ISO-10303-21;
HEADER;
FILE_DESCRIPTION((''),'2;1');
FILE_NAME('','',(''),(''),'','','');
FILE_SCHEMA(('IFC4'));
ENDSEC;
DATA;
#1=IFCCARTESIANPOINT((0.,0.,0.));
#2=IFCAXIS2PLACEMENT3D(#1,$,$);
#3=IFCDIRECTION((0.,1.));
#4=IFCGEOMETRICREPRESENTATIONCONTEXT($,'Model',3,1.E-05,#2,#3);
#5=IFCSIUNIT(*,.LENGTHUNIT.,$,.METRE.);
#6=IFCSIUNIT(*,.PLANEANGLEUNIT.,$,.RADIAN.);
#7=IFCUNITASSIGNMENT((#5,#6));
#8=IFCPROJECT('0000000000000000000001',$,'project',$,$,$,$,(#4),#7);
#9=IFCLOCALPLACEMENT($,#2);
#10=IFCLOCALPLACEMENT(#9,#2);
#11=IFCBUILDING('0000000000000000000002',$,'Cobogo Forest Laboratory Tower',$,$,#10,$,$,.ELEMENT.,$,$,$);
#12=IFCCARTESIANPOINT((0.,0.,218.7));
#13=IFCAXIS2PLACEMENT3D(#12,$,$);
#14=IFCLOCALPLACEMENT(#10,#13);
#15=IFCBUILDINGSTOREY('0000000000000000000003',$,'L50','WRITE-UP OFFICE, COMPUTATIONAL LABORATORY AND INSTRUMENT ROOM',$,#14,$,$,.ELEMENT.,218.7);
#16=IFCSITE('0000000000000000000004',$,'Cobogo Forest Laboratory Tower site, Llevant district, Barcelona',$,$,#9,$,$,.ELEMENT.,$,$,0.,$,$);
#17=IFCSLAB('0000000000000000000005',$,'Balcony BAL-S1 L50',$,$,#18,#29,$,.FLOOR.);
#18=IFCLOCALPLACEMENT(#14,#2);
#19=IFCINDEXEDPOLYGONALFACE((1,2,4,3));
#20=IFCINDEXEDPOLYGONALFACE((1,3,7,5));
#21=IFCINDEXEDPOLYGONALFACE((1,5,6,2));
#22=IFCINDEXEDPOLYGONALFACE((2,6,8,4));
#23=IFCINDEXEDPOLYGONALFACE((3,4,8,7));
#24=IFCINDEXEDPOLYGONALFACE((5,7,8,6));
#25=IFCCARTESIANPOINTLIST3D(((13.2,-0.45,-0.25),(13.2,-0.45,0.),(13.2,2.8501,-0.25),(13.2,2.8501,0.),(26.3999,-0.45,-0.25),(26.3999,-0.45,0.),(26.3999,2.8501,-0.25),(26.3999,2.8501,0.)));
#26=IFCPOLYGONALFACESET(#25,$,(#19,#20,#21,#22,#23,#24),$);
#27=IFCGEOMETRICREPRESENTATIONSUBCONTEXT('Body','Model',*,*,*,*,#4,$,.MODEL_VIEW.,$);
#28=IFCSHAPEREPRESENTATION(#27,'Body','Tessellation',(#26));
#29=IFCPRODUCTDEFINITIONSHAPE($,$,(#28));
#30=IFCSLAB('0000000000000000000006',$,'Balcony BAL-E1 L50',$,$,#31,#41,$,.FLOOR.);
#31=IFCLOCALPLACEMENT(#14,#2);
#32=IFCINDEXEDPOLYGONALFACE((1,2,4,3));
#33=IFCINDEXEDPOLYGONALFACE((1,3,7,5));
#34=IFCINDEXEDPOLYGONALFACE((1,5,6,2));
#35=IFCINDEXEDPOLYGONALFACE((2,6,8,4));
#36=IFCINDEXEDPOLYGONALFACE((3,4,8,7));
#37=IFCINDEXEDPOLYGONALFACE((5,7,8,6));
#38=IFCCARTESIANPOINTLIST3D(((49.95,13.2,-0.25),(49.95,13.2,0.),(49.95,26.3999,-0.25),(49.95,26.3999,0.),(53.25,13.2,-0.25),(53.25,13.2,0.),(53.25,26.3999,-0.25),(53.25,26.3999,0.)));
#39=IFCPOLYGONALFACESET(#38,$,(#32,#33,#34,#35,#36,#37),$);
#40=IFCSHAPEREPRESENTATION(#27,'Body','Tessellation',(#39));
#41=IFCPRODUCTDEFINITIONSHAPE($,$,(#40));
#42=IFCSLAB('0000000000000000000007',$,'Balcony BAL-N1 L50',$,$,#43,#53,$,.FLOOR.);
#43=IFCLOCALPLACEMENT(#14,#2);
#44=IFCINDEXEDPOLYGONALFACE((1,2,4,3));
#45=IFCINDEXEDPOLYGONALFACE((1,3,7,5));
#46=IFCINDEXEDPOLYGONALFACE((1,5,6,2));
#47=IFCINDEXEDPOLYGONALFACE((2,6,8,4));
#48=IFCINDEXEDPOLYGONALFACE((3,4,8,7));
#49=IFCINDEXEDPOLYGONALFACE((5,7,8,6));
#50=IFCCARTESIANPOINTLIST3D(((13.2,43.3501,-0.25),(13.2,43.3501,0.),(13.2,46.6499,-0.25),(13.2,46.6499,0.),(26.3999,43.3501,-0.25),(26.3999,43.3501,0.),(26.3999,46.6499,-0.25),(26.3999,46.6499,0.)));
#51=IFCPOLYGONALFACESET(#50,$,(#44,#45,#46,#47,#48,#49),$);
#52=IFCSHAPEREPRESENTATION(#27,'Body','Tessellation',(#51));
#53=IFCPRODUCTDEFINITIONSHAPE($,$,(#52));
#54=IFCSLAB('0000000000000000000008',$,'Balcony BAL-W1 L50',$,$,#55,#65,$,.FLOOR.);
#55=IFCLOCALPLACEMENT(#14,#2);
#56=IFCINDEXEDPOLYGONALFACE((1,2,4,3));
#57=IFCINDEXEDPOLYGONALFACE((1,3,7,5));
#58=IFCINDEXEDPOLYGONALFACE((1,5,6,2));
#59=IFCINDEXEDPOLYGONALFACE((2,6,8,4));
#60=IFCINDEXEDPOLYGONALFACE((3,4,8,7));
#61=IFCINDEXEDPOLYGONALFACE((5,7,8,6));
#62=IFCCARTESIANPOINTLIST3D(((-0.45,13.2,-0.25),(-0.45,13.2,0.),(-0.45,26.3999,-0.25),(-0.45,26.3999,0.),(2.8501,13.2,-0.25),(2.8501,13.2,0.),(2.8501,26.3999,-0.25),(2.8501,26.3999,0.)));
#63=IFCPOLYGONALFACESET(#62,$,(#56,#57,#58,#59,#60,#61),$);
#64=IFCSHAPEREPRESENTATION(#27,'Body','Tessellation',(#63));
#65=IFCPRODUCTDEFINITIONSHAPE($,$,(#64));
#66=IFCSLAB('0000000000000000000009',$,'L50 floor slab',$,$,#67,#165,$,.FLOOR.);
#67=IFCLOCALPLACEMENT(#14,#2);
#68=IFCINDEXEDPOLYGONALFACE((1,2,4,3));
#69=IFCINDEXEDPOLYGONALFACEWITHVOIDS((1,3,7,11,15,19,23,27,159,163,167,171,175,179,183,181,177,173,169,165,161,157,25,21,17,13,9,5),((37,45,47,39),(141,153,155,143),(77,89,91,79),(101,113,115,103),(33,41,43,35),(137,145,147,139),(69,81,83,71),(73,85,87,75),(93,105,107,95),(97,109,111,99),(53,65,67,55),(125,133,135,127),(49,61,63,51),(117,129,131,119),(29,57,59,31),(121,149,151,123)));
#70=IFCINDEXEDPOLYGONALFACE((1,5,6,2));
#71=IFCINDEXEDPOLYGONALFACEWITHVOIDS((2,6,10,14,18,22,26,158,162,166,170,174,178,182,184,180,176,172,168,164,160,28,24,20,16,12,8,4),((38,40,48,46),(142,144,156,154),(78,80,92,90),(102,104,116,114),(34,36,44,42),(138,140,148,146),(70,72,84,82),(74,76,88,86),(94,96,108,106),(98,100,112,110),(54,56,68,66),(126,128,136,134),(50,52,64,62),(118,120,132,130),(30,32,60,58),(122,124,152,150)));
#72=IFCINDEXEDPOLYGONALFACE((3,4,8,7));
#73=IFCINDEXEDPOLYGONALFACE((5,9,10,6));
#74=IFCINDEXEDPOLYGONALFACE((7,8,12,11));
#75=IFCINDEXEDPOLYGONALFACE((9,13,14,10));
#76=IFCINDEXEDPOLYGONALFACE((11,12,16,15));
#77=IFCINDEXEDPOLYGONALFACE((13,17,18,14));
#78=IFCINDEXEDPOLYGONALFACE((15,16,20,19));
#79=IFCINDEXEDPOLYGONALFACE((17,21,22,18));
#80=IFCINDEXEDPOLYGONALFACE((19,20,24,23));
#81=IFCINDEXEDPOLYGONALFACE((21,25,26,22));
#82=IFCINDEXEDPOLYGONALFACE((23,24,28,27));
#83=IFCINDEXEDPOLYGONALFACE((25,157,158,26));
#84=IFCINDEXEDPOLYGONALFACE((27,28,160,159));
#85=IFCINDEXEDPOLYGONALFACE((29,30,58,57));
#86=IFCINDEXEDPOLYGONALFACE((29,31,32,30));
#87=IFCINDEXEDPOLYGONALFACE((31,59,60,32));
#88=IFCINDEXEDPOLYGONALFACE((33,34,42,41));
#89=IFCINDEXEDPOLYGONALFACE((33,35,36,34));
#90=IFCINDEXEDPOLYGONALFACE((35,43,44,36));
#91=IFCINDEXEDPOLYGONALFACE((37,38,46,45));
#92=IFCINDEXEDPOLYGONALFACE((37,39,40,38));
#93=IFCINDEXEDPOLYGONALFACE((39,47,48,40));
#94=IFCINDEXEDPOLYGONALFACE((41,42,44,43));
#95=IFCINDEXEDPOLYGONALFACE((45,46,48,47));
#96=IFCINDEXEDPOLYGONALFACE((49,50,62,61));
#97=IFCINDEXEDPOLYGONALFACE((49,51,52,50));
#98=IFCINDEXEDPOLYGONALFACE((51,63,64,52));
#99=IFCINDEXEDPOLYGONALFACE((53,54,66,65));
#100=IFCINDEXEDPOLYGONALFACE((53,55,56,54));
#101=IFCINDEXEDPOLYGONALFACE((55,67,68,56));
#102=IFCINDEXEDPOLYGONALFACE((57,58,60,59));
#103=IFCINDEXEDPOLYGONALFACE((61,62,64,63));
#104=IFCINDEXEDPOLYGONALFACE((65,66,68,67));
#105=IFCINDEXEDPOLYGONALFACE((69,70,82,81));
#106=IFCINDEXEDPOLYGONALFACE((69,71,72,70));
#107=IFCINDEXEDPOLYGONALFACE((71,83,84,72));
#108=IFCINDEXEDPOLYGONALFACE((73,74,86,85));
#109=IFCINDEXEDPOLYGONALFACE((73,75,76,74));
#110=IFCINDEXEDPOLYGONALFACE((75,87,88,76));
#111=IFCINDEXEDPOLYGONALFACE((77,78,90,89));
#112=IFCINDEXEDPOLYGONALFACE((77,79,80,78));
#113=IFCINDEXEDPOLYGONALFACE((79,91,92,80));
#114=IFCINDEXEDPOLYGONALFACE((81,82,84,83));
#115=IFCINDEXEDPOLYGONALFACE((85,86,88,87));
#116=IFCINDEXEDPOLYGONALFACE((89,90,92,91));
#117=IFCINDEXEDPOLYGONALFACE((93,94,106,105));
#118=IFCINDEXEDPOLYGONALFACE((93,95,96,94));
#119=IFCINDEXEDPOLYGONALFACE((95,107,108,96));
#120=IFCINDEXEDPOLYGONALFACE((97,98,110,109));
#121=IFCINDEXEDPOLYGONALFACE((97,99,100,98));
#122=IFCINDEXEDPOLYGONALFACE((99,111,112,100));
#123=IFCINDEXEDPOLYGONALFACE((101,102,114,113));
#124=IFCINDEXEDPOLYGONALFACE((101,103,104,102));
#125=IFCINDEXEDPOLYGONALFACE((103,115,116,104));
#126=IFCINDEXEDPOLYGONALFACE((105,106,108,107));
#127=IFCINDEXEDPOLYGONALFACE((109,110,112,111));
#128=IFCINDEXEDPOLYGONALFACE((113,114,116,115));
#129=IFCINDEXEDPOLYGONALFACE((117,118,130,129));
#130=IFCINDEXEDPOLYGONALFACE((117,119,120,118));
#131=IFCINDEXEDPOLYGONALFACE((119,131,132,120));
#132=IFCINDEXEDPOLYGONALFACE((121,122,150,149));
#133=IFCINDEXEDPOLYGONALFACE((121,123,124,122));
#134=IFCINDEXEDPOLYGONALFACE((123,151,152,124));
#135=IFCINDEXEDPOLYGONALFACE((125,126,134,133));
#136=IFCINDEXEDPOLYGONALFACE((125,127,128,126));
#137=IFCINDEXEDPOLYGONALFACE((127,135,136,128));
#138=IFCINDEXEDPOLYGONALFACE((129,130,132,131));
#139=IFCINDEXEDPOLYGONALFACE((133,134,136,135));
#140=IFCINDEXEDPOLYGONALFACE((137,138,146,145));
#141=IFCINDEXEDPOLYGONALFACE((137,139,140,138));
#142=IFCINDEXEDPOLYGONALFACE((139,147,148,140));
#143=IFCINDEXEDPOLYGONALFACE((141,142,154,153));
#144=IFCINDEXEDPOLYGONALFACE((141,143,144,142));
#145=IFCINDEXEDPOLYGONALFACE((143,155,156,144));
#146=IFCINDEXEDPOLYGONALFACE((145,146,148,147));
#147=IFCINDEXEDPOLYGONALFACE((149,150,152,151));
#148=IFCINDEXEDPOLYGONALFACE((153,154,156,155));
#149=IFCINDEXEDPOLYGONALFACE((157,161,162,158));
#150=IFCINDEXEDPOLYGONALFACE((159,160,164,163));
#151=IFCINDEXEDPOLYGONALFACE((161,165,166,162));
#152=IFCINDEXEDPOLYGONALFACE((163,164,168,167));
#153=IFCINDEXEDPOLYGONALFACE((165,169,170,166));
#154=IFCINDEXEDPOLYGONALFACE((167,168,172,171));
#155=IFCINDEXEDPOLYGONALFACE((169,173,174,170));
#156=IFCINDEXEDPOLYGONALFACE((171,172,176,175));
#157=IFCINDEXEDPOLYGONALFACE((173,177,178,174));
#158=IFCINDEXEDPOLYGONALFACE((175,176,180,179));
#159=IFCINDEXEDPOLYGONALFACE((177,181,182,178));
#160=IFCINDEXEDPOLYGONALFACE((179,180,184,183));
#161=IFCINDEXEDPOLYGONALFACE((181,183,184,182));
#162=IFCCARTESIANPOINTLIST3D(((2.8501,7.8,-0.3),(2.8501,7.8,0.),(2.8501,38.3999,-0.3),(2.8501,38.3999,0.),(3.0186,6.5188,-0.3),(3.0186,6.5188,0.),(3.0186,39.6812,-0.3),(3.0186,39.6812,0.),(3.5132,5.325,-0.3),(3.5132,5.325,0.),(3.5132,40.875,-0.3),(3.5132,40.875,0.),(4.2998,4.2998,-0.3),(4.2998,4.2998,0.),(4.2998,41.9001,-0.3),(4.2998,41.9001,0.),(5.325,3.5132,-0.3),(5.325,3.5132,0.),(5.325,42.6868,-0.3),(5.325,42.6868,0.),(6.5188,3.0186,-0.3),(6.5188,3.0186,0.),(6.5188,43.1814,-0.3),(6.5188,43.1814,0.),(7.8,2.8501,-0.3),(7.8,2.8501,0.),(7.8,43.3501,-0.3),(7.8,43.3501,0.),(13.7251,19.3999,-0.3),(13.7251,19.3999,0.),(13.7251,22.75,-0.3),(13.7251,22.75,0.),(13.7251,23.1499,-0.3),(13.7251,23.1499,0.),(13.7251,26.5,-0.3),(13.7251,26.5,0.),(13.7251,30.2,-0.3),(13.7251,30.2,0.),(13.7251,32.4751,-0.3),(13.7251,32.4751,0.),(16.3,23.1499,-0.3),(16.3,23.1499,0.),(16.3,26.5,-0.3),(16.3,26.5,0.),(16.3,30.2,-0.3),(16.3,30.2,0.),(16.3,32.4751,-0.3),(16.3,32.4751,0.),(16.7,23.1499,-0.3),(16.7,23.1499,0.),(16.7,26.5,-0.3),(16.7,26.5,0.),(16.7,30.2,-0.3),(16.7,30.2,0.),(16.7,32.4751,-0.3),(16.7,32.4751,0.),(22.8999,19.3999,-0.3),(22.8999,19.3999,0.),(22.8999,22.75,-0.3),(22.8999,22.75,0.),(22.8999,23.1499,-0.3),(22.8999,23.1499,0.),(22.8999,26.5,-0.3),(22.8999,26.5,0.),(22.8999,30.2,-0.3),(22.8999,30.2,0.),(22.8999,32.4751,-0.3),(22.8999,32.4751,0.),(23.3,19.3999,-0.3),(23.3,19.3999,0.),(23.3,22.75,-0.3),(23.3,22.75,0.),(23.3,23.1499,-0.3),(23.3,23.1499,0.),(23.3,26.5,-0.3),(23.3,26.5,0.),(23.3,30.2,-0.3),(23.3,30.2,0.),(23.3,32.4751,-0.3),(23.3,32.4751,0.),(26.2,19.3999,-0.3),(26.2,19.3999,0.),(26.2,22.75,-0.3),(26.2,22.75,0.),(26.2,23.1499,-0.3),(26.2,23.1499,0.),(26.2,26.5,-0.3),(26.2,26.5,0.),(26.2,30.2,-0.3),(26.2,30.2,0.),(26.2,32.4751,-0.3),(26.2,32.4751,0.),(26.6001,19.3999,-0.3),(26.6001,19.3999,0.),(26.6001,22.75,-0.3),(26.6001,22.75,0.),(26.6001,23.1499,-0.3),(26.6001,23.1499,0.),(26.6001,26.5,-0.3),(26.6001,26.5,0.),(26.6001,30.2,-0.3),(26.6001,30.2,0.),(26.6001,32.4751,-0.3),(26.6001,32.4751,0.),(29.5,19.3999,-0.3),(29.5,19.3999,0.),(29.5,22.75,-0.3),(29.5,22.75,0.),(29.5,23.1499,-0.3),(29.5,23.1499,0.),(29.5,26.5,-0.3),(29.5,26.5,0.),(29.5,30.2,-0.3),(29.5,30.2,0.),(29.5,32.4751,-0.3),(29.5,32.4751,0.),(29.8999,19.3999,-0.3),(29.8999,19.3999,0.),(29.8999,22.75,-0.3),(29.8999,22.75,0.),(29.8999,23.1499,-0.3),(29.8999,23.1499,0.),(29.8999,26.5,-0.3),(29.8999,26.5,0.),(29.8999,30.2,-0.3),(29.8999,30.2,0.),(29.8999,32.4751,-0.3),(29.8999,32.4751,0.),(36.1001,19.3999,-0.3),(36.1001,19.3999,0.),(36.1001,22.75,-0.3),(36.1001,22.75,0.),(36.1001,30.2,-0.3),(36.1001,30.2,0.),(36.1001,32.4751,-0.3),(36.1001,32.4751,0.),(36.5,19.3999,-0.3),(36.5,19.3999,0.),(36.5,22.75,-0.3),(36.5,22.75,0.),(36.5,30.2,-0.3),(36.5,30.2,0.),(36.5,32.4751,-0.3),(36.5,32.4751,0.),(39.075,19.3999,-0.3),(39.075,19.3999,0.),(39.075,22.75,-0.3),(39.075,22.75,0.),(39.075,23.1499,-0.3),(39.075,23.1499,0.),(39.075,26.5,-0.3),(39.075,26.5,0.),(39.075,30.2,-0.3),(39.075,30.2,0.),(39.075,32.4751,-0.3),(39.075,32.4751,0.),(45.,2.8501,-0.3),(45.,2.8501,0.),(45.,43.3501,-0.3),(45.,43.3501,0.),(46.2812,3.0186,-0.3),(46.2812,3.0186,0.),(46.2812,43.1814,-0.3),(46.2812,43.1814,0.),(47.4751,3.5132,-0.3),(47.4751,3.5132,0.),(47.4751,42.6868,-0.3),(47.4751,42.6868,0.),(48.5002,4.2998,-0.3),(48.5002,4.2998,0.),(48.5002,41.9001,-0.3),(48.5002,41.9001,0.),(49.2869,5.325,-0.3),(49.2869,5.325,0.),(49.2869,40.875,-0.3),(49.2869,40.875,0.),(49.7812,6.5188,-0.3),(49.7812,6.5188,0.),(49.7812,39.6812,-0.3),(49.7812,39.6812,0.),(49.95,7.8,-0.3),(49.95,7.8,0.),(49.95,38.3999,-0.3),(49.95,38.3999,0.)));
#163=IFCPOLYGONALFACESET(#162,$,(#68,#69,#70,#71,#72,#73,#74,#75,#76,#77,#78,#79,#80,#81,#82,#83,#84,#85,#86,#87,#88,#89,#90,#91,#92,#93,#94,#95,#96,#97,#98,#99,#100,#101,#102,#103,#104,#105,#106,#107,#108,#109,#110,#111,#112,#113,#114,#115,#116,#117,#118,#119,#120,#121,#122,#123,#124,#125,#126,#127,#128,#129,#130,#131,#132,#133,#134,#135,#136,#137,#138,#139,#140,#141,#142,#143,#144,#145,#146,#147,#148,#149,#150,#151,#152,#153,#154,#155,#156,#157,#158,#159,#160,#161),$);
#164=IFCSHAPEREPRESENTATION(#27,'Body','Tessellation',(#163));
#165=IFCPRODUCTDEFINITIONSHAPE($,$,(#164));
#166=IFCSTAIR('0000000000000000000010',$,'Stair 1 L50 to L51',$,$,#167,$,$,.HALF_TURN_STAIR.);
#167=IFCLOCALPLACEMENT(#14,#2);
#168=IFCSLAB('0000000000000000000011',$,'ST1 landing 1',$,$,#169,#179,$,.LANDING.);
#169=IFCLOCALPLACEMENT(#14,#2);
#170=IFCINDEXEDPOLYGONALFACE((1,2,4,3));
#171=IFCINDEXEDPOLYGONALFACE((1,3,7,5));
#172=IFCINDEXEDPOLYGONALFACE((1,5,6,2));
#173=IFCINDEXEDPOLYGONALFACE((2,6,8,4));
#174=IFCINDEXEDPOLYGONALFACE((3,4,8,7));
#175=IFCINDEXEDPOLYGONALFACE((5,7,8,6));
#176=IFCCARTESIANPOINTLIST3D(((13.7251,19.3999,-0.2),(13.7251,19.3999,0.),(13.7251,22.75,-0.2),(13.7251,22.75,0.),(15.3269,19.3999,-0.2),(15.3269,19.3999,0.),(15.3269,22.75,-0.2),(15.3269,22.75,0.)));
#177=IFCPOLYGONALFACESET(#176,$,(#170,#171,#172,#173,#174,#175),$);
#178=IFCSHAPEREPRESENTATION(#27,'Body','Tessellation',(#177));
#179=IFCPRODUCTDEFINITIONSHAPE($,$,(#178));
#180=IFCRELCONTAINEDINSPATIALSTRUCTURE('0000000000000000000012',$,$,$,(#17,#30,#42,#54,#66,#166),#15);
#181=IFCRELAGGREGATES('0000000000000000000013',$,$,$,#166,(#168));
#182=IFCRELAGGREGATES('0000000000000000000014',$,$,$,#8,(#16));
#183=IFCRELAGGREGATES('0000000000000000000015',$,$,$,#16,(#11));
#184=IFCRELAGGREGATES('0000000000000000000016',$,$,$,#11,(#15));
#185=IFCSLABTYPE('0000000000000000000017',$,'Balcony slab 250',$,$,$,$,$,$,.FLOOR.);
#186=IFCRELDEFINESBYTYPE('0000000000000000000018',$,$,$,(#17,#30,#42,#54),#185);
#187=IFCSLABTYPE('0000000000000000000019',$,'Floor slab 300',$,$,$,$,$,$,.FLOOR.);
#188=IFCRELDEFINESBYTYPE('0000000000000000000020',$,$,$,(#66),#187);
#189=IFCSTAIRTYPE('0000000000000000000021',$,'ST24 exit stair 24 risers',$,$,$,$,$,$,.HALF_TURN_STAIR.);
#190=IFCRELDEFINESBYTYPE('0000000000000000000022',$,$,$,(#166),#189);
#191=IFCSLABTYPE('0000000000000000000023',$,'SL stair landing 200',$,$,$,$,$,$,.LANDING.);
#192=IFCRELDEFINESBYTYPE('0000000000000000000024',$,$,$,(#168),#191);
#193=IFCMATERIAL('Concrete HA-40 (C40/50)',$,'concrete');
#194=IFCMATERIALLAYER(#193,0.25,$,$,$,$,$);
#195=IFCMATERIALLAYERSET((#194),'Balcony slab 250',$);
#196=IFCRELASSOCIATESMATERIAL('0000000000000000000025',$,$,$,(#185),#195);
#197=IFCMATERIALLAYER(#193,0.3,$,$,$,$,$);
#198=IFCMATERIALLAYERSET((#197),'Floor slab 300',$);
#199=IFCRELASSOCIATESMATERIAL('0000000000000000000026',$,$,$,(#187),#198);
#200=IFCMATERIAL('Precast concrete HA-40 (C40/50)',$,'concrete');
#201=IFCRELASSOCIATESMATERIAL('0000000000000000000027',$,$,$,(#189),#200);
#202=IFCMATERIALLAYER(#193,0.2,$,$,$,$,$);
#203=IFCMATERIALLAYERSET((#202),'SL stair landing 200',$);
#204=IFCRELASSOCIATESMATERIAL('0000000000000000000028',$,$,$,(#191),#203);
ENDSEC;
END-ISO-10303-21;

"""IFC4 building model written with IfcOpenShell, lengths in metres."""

from ifc_helpers import new_model, si_unit, direction, frame, origin, place, context, subcontext, project, spatial, polyline, outline, extrude, material, layer, layer_set, type_object, element, aggregate, save


model = new_model("IFC4")

# Units and contexts
model_context = context("Model", 3, precision=1e-05, world=origin(), true_north=direction((0.0, 1.0)))
body_context = subcontext(model_context, "Body", "Model", "MODEL_VIEW")
ifc_project = project(units=[si_unit("LENGTHUNIT", "METRE"), si_unit("PLANEANGLEUNIT", "RADIAN")], contexts=[model_context])

# Site, building, storey
site_placement = place(None, origin())
site = spatial("IfcSite", under=ifc_project, at=site_placement, Name="Cobogo Forest Laboratory Tower site, Llevant district, Barcelona", CompositionType="ELEMENT", RefElevation=0.0)
building_placement = place(site_placement, origin())
building = spatial("IfcBuilding", under=site, at=building_placement, Name="Cobogo Forest Laboratory Tower", CompositionType="ELEMENT")
storey_placement = place(building_placement, frame((0.0, 0.0, 218.7)))
storey = spatial("IfcBuildingStorey", under=building, at=storey_placement, Name="L50", Description="WRITE-UP OFFICE, COMPUTATIONAL LABORATORY AND INSTRUMENT ROOM", CompositionType="ELEMENT", Elevation=218.7)

# Slabs
ifc_material_1 = material(Name="Concrete HA-40 (C40/50)", Category="concrete")
ifc_layer_1 = layer(ifc_material_1, 0.25)
ifc_layer_set_1 = layer_set([ifc_layer_1], Name="Balcony slab 250")
slab_type_1 = type_object("IfcSlabType", Name="Balcony slab 250", PredefinedType="FLOOR", material=ifc_layer_set_1)
slab_1_placement = place(storey_placement, frame((0.0, 0.0, -0.25)))
element("IfcSlab", 1, at=slab_1_placement, inside=storey, type_object=slab_type_1, Name="Balcony BAL-S1 L50", PredefinedType="FLOOR", context=body_context, shape_type="SweptSolid", body=[
    extrude(outline(polyline([(13.2, -0.45), (26.3999, -0.45), (26.3999, 2.8501), (13.2, 2.8501), (13.2, -0.45)])), origin(), (0.0, 0.0, 1.0), 0.25),
])
slab_2_placement = place(storey_placement, frame((0.0, 0.0, -0.25)))
element("IfcSlab", 2, at=slab_2_placement, inside=storey, type_object=slab_type_1, Name="Balcony BAL-E1 L50", PredefinedType="FLOOR", context=body_context, shape_type="SweptSolid", body=[
    extrude(outline(polyline([(49.95, 13.2), (53.25, 13.2), (53.25, 26.3999), (49.95, 26.3999), (49.95, 13.2)])), origin(), (0.0, 0.0, 1.0), 0.25),
])
slab_3_placement = place(storey_placement, frame((0.0, 0.0, -0.25)))
element("IfcSlab", 3, at=slab_3_placement, inside=storey, type_object=slab_type_1, Name="Balcony BAL-N1 L50", PredefinedType="FLOOR", context=body_context, shape_type="SweptSolid", body=[
    extrude(outline(polyline([(13.2, 43.3501), (26.3999, 43.3501), (26.3999, 46.6499), (13.2, 46.6499), (13.2, 43.3501)])), origin(), (0.0, 0.0, 1.0), 0.25),
])
slab_4_placement = place(storey_placement, frame((0.0, 0.0, -0.25)))
element("IfcSlab", 4, at=slab_4_placement, inside=storey, type_object=slab_type_1, Name="Balcony BAL-W1 L50", PredefinedType="FLOOR", context=body_context, shape_type="SweptSolid", body=[
    extrude(outline(polyline([(-0.45, 13.2), (2.8501, 13.2), (2.8501, 26.3999), (-0.45, 26.3999), (-0.45, 13.2)])), origin(), (0.0, 0.0, 1.0), 0.25),
])
ifc_layer_2 = layer(ifc_material_1, 0.3)
ifc_layer_set_2 = layer_set([ifc_layer_2], Name="Floor slab 300")
slab_type_2 = type_object("IfcSlabType", Name="Floor slab 300", PredefinedType="FLOOR", material=ifc_layer_set_2)
slab_5_placement = place(storey_placement, frame((0.0, 0.0, -0.3)))
element("IfcSlab", 5, at=slab_5_placement, inside=storey, type_object=slab_type_2, Name="L50 floor slab", PredefinedType="FLOOR", context=body_context, shape_type="SweptSolid", body=[
    extrude(outline(polyline([(45.0, 2.8501), (46.2812, 3.0186), (47.4751, 3.5132), (48.5002, 4.2998), (49.2869, 5.325), (49.7812, 6.5188), (49.95, 7.8), (49.95, 38.3999), (49.7812, 39.6812), (49.2869, 40.875), (48.5002, 41.9001), (47.4751, 42.6868), (46.2812, 43.1814), (45.0, 43.3501), (7.8, 43.3501), (6.5188, 43.1814), (5.325, 42.6868), (4.2998, 41.9001), (3.5132, 40.875), (3.0186, 39.6812), (2.8501, 38.3999), (2.8501, 7.8), (3.0186, 6.5188), (3.5132, 5.325), (4.2998, 4.2998), (5.325, 3.5132), (6.5188, 3.0186), (7.8, 2.8501), (45.0, 2.8501)]), holes=[polyline([(22.8999, 19.3999), (13.7251, 19.3999), (13.7251, 22.75), (22.8999, 22.75), (22.8999, 19.3999)]), polyline([(26.2, 19.3999), (23.3, 19.3999), (23.3, 22.75), (26.2, 22.75), (26.2, 19.3999)]), polyline([(29.5, 19.3999), (26.6001, 19.3999), (26.6001, 22.75), (29.5, 22.75), (29.5, 19.3999)]), polyline([(36.1001, 22.75), (36.1001, 19.3999), (29.8999, 19.3999), (29.8999, 22.75), (36.1001, 22.75)]), polyline([(36.5, 19.3999), (36.5, 22.75), (39.075, 22.75), (39.075, 19.3999), (36.5, 19.3999)]), polyline([(16.3, 23.1499), (13.7251, 23.1499), (13.7251, 26.5), (16.3, 26.5), (16.3, 23.1499)]), polyline([(22.8999, 26.5), (22.8999, 23.1499), (16.7, 23.1499), (16.7, 26.5), (22.8999, 26.5)]), polyline([(26.2, 23.1499), (23.3, 23.1499), (23.3, 26.5), (26.2, 26.5), (26.2, 23.1499)]), polyline([(26.6001, 23.1499), (26.6001, 26.5), (29.5, 26.5), (29.5, 23.1499), (26.6001, 23.1499)]), polyline([(39.075, 23.1499), (29.8999, 23.1499), (29.8999, 26.5), (39.075, 26.5), (39.075, 23.1499)]), polyline([(16.3, 30.2), (13.7251, 30.2), (13.7251, 32.4751), (16.3, 32.4751), (16.3, 30.2)]), polyline([(22.8999, 32.4751), (22.8999, 30.2), (16.7, 30.2), (16.7, 32.4751), (22.8999, 32.4751)]), polyline([(23.3, 30.2), (23.3, 32.4751), (26.2, 32.4751), (26.2, 30.2), (23.3, 30.2)]), polyline([(29.5, 30.2), (26.6001, 30.2), (26.6001, 32.4751), (29.5, 32.4751), (29.5, 30.2)]), polyline([(36.1001, 32.4751), (36.1001, 30.2), (29.8999, 30.2), (29.8999, 32.4751), (36.1001, 32.4751)]), polyline([(36.5, 30.2), (36.5, 32.4751), (39.075, 32.4751), (39.075, 30.2), (36.5, 30.2)])]), origin(), (0.0, 0.0, 1.0), 0.3),
])

# Stair, slab
ifc_material_2 = material(Name="Precast concrete HA-40 (C40/50)", Category="concrete")
stair_type = type_object("IfcStairType", Name="ST24 exit stair 24 risers", PredefinedType="HALF_TURN_STAIR", material=ifc_material_2)
stair_1_placement = place(storey_placement, origin())
stair_1 = element("IfcStair", 6, at=stair_1_placement, inside=storey, type_object=stair_type, Name="Stair 1 L50 to L51", PredefinedType="HALF_TURN_STAIR")
ifc_layer_3 = layer(ifc_material_1, 0.2)
ifc_layer_set_3 = layer_set([ifc_layer_3], Name="SL stair landing 200")
slab_type_3 = type_object("IfcSlabType", Name="SL stair landing 200", PredefinedType="LANDING", material=ifc_layer_set_3)
slab_6_placement = place(storey_placement, frame((0.0, 0.0, -0.2)))
slab_6 = element("IfcSlab", 7, at=slab_6_placement, type_object=slab_type_3, Name="ST1 landing 1", PredefinedType="LANDING", context=body_context, shape_type="SweptSolid", body=[
    extrude(outline(polyline([(13.7251, 19.3999), (15.3269, 19.3999), (15.3269, 22.75), (13.7251, 22.75), (13.7251, 19.3999)])), origin(), (0.0, 0.0, 1.0), 0.2),
])
aggregate(stair_1, [slab_6])

save(model, "model.ifc")
